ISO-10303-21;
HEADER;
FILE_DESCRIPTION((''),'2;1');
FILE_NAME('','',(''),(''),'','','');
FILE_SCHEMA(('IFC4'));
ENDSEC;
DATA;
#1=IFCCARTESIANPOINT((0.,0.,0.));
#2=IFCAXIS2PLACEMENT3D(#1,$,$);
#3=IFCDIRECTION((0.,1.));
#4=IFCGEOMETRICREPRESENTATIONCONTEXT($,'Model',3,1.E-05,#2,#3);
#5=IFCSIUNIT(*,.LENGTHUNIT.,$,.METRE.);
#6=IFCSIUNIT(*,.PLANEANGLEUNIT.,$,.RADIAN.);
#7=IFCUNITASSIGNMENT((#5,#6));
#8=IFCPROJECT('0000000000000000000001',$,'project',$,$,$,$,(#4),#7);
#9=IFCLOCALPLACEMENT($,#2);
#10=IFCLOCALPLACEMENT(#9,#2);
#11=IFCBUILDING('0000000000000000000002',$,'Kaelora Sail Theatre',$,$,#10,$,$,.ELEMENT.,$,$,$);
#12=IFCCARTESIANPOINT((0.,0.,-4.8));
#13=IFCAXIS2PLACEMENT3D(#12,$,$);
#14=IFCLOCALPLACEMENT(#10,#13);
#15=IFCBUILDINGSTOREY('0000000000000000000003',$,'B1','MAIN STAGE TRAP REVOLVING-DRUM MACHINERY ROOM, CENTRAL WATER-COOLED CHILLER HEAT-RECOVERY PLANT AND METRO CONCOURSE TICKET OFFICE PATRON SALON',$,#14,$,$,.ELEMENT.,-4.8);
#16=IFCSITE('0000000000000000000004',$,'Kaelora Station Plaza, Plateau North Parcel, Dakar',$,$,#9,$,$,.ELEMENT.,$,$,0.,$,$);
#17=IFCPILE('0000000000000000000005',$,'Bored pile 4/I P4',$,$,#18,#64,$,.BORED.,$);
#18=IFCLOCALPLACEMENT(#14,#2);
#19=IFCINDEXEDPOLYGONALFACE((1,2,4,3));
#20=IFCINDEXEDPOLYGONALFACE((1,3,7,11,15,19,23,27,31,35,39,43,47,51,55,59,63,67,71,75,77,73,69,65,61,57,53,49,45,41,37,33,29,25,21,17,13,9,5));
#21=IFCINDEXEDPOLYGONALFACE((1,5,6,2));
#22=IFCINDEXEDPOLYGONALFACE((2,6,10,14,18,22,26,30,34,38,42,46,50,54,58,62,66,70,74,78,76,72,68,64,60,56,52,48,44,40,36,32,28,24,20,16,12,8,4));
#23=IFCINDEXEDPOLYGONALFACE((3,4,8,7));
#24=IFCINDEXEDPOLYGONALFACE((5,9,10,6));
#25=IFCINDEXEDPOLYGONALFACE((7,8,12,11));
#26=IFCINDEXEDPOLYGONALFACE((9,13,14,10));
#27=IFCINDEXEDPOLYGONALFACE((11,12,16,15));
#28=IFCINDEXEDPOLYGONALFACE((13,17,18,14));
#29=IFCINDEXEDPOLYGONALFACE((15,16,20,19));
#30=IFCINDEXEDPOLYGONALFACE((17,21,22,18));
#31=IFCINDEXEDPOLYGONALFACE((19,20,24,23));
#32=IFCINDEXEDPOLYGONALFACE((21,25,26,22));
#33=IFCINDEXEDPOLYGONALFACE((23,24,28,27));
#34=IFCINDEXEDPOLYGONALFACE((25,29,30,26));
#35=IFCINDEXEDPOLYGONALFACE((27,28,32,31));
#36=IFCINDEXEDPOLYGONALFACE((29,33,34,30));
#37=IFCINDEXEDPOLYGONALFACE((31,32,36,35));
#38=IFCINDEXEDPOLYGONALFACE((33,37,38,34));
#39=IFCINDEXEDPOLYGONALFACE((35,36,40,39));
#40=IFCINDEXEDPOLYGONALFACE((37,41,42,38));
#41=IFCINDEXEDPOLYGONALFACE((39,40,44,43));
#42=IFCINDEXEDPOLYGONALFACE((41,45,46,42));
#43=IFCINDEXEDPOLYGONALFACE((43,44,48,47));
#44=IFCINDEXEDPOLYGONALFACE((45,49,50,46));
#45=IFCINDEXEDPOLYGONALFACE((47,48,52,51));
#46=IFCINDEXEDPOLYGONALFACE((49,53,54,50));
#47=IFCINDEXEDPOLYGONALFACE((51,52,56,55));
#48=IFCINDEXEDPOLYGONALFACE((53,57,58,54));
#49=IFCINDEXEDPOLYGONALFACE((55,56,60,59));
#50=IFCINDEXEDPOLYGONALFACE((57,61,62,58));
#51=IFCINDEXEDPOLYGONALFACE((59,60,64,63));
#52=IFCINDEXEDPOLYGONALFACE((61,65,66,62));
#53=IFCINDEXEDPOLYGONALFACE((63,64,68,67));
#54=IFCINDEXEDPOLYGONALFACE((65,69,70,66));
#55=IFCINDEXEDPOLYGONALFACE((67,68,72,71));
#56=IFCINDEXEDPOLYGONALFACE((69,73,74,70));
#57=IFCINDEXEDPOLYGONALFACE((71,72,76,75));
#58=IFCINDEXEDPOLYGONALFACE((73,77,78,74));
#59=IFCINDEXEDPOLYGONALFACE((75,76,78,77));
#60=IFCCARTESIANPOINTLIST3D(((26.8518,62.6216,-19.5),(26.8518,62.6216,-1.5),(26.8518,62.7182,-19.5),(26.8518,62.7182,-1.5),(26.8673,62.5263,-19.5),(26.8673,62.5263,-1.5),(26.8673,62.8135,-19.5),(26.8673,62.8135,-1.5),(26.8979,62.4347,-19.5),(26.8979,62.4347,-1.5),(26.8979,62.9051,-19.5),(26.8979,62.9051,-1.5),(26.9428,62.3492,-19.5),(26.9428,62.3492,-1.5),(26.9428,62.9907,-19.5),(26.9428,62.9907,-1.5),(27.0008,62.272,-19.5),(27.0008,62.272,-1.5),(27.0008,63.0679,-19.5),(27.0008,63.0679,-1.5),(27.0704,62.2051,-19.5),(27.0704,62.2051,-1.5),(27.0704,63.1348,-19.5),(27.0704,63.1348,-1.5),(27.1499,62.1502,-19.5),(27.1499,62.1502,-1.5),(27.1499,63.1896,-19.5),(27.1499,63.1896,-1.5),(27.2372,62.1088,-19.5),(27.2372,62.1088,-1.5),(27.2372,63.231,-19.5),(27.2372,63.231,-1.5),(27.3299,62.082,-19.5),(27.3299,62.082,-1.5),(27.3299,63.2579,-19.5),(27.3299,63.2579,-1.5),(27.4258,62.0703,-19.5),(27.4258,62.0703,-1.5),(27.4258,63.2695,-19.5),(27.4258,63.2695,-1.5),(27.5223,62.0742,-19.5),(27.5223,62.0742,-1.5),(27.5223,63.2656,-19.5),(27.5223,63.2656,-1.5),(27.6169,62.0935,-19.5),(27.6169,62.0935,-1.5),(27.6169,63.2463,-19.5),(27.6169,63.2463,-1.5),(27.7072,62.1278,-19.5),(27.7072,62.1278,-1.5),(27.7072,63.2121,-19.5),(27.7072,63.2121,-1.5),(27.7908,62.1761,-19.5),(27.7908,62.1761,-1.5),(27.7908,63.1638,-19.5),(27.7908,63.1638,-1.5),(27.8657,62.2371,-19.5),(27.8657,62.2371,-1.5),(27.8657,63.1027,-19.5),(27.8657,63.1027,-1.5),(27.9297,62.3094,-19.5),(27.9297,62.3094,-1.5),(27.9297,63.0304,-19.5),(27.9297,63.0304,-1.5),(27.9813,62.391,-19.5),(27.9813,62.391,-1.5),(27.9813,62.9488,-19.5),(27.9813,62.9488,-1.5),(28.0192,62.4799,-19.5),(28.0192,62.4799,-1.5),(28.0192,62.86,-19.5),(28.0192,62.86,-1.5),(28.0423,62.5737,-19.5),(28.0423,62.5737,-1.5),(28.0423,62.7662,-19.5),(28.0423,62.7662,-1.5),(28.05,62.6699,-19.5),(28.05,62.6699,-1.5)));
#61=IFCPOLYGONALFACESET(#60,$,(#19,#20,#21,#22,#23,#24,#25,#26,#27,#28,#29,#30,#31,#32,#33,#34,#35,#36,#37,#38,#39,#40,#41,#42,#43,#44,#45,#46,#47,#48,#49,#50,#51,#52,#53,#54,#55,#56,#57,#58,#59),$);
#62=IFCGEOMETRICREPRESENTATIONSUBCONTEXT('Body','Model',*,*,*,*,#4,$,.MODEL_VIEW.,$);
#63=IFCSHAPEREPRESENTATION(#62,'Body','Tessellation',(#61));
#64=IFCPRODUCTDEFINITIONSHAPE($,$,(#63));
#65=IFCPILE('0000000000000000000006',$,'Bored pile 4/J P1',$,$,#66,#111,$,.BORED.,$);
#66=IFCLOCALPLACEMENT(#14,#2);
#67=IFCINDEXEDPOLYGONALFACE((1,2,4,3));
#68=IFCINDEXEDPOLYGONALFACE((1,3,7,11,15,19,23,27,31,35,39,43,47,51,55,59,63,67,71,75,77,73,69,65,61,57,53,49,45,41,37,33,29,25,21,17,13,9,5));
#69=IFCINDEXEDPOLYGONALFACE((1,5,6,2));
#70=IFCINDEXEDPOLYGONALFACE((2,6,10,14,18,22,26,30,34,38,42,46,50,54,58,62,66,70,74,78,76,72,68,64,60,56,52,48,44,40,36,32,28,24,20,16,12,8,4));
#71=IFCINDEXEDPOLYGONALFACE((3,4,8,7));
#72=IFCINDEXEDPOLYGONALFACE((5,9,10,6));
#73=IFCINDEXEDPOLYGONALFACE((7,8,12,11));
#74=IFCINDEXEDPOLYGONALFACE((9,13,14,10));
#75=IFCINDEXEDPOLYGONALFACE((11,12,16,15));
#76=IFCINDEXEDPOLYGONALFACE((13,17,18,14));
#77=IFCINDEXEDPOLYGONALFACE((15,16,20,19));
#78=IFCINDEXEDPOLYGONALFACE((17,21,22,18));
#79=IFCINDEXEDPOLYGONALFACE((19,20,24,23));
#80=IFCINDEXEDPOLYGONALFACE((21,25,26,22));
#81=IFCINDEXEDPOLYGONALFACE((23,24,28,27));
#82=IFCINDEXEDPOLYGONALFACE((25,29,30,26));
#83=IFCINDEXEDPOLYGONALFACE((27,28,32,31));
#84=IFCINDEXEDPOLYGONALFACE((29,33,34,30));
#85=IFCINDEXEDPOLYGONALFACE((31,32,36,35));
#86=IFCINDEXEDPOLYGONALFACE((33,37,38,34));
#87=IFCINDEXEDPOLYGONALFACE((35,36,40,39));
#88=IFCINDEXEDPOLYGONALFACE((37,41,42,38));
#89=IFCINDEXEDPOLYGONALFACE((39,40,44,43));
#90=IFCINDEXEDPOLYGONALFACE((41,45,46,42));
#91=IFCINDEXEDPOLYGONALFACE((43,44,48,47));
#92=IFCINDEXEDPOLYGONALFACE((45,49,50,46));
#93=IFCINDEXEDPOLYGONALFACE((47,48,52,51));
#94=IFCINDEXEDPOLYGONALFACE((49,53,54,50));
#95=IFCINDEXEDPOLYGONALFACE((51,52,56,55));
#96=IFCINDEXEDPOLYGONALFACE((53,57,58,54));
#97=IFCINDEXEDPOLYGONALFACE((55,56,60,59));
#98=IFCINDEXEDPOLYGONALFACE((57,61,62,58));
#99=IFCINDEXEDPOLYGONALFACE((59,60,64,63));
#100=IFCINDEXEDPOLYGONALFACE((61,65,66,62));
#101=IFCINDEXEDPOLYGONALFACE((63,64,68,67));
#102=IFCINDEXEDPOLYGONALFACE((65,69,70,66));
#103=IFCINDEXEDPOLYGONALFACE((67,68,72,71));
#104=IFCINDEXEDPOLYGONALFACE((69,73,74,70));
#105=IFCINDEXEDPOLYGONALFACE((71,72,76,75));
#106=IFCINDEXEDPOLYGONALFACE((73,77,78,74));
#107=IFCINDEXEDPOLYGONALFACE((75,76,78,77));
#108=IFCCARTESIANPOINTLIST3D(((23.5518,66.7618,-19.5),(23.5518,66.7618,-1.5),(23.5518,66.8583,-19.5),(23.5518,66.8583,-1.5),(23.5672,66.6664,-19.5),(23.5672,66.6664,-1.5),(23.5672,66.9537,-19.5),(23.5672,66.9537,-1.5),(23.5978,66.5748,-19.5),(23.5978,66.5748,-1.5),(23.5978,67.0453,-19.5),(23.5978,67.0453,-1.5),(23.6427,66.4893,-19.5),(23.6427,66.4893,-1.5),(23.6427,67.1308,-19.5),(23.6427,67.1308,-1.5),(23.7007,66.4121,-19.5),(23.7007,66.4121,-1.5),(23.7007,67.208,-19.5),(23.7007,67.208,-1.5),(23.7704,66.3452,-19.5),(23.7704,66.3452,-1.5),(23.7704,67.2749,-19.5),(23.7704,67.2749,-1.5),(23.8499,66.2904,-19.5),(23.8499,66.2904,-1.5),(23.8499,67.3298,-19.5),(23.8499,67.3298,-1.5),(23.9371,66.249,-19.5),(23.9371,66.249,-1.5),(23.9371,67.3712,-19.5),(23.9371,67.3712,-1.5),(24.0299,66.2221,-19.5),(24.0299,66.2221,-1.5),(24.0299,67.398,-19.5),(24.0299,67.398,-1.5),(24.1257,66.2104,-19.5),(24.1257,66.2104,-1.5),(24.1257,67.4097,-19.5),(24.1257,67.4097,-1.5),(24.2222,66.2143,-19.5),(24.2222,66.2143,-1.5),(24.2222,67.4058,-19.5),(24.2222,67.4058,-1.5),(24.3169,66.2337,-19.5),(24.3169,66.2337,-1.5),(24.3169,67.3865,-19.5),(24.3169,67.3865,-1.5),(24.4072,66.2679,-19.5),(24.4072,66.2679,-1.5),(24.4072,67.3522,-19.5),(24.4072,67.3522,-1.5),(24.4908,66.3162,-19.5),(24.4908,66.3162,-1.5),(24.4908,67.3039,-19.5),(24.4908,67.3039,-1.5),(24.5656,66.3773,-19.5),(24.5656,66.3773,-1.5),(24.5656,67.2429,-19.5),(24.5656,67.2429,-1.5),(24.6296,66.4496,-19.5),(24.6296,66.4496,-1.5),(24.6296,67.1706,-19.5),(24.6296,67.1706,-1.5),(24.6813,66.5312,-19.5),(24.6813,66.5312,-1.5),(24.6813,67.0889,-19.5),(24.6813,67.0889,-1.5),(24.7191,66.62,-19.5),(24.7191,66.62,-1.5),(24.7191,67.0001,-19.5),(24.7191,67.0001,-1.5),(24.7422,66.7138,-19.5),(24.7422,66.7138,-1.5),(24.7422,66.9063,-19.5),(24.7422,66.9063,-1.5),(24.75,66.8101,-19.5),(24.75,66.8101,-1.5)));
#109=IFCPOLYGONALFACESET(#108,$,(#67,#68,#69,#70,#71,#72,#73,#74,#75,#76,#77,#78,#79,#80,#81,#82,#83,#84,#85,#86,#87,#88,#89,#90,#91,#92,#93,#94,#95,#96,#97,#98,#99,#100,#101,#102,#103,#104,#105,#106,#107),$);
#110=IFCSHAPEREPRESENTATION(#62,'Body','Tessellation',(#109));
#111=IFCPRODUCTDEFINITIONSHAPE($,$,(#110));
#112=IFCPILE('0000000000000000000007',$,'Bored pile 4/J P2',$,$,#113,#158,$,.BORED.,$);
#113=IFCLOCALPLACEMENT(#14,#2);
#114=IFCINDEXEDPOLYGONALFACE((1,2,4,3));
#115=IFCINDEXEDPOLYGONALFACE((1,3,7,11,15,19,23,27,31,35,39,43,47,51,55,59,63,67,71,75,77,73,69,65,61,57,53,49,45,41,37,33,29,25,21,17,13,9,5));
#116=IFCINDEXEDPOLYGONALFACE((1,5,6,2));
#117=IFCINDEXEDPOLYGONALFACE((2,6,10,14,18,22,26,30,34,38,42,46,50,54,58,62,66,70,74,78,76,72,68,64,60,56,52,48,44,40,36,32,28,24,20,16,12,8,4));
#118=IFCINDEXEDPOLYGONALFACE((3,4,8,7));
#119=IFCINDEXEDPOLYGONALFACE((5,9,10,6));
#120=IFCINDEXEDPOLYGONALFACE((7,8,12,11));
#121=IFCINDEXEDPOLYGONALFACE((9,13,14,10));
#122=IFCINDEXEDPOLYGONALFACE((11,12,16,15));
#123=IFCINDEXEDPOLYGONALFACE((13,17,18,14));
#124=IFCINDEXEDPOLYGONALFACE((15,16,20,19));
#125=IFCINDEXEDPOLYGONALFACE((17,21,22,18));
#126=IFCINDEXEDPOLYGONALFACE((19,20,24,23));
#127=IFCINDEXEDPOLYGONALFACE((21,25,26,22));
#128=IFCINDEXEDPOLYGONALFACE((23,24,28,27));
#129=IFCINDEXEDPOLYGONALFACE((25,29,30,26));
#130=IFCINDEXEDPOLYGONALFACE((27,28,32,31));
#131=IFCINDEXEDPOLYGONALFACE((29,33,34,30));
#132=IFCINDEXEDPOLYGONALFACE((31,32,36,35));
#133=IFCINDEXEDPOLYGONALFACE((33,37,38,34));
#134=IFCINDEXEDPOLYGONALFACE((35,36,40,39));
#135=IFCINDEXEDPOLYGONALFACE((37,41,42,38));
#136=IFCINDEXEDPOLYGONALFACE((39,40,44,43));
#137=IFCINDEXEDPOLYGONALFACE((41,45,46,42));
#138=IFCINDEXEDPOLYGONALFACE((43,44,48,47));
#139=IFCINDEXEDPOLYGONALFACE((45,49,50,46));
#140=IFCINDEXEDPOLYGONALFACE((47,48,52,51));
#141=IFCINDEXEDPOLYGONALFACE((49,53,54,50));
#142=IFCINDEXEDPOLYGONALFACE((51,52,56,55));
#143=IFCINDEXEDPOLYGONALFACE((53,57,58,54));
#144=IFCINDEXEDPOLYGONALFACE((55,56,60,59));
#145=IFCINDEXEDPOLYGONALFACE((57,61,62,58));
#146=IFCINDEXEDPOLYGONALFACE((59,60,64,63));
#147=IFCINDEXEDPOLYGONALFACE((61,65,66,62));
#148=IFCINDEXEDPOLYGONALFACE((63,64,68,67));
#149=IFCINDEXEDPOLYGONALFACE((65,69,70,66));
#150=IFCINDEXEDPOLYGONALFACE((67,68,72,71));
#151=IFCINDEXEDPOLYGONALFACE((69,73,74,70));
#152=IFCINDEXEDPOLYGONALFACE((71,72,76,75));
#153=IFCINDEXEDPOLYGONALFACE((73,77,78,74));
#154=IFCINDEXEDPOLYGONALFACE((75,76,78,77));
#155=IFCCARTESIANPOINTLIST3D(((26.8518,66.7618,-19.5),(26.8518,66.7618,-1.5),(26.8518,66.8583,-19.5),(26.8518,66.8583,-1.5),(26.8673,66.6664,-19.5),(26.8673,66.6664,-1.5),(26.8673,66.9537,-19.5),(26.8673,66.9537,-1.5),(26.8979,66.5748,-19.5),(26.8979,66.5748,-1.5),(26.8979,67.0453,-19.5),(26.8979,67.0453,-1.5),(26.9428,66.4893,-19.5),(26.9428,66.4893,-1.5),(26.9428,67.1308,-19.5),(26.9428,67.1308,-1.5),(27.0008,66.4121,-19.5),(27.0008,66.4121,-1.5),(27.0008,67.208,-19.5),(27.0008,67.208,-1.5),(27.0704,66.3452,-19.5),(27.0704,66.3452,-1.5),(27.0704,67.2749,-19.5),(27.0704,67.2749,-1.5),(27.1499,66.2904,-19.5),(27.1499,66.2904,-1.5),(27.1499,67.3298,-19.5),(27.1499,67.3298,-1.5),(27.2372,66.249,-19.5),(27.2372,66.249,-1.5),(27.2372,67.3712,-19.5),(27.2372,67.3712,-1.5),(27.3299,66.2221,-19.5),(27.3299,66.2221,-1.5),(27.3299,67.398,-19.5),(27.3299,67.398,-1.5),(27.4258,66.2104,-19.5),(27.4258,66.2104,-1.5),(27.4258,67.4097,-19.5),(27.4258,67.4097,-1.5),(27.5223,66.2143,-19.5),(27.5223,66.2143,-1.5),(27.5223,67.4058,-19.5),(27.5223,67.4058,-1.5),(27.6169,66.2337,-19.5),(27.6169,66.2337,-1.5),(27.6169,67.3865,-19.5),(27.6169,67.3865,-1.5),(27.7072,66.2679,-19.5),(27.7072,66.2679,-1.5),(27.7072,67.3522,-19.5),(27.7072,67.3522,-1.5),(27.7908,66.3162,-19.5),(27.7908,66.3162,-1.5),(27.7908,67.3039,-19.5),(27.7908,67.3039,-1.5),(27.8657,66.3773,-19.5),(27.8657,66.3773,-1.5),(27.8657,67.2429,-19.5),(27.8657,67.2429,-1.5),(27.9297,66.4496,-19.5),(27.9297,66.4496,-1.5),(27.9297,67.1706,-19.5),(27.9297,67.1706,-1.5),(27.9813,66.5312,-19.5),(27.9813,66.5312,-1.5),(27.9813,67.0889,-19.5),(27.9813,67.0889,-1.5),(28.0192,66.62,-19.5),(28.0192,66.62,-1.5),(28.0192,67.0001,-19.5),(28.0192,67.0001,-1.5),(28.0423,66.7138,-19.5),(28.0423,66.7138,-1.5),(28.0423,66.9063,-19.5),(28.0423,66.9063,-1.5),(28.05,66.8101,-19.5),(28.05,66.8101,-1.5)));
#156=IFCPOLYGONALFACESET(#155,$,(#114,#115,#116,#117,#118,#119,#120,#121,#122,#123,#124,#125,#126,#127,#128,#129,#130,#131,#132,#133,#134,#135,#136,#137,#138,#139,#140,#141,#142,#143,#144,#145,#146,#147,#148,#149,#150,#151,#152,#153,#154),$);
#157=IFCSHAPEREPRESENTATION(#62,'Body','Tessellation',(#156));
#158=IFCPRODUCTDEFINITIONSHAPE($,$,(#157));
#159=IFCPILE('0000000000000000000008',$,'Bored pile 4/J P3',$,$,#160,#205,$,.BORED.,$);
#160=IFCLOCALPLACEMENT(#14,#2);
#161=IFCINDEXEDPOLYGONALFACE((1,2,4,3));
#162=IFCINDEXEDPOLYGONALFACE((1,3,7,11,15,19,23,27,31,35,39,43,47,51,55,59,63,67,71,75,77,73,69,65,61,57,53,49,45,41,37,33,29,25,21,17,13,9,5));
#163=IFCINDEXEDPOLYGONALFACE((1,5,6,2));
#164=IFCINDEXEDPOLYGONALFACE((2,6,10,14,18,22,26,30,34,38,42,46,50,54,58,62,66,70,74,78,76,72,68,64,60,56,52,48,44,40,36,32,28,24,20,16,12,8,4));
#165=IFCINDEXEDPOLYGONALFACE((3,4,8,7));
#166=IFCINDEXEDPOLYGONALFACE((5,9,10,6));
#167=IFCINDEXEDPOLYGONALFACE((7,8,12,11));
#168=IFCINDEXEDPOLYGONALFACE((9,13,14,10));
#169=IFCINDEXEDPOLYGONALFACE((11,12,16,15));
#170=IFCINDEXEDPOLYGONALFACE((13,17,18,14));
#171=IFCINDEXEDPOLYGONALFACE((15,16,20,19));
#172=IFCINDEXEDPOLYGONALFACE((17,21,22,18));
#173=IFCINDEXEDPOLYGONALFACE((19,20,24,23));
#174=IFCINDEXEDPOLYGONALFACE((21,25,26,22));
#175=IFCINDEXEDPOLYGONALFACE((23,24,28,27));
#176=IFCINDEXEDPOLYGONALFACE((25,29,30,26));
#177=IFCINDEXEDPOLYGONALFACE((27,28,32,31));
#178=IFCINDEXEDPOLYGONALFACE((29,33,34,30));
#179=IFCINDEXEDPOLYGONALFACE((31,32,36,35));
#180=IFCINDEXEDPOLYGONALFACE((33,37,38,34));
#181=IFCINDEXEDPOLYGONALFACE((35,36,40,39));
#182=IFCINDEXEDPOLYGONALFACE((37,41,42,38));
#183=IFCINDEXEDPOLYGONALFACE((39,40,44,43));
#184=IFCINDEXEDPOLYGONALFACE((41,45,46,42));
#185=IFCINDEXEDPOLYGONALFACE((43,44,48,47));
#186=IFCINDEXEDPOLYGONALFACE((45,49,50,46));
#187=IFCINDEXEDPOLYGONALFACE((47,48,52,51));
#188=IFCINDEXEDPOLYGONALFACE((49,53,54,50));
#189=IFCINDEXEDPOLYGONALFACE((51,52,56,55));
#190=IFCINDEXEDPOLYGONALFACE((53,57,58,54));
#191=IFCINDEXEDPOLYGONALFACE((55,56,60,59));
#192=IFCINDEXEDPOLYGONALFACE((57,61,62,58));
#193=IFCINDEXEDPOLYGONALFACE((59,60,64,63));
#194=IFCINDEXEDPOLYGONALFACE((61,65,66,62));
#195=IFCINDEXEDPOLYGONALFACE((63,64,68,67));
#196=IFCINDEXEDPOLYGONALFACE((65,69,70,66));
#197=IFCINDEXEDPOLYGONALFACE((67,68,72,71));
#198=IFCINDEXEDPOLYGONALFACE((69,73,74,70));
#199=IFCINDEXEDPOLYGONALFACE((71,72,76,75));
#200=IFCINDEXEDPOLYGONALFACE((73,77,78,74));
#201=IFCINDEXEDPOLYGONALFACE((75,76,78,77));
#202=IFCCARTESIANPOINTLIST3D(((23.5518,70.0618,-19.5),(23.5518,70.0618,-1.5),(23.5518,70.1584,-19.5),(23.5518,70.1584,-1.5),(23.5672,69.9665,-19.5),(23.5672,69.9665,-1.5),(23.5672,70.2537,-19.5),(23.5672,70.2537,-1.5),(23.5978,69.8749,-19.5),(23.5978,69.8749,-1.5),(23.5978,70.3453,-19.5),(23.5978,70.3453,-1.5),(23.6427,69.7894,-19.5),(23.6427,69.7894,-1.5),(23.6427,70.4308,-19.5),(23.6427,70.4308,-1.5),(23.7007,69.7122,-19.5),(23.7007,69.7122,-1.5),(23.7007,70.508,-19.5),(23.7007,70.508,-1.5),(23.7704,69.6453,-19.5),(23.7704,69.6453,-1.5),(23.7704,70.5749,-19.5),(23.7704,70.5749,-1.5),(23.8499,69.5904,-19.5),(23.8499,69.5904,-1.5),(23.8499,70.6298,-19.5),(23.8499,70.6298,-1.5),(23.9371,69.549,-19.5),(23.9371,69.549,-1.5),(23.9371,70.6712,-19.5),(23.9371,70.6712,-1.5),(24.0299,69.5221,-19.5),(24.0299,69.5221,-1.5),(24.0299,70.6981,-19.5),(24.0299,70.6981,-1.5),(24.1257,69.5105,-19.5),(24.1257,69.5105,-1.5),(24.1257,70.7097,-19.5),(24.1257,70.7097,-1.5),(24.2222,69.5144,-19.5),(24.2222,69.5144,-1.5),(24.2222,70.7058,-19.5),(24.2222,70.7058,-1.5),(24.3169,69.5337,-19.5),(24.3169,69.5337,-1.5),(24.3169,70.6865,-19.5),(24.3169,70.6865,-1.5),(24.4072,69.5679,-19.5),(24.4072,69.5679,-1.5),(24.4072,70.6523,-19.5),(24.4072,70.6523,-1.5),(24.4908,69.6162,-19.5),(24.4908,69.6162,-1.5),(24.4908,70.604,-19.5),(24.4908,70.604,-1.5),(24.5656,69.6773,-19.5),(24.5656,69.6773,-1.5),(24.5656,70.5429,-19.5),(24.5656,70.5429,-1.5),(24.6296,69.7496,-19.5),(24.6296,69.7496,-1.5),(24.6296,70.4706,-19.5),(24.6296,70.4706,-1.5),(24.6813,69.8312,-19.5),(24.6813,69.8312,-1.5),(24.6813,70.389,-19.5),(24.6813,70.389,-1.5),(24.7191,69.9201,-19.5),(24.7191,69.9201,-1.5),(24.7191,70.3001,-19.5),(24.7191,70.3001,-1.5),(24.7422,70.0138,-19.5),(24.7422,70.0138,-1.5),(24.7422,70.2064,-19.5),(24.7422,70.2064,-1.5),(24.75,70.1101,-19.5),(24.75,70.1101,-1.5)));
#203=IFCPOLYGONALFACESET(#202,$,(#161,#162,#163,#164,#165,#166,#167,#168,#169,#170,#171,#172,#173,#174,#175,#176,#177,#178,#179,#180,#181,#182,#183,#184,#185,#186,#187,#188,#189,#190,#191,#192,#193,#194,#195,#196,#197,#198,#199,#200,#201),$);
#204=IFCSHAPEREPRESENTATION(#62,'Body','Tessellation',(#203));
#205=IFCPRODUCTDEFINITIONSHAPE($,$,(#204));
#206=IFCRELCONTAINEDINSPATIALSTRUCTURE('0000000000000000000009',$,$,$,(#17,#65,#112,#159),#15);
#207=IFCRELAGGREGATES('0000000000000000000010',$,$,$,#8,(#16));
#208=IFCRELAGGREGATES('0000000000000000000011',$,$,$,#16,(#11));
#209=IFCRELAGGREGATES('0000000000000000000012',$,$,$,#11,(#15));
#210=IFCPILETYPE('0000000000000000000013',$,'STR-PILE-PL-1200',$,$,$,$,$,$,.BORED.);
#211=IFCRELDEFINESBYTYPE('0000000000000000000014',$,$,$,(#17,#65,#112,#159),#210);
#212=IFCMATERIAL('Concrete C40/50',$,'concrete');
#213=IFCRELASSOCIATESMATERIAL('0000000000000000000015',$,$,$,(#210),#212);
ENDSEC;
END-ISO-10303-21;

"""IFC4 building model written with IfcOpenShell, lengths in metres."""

from ifc_helpers import new_model, si_unit, direction, frame, origin, origin_2d, place, context, subcontext, project, spatial, circle, extrude, material, material_profile, profile_set, type_object, element, save


model = new_model("IFC4")

# Units and contexts
model_context = context("Model", 3, precision=1e-05, world=origin(), true_north=direction((0.0, 1.0)))
body_context = subcontext(model_context, "Body", "Model", "MODEL_VIEW")
ifc_project = project(units=[si_unit("LENGTHUNIT", "METRE"), si_unit("PLANEANGLEUNIT", "RADIAN")], contexts=[model_context])

# Site, building, storey
site_placement = place(None, origin())
site = spatial("IfcSite", under=ifc_project, at=site_placement, Name="Kaelora Station Plaza, Plateau North Parcel, Dakar", CompositionType="ELEMENT", RefElevation=0.0)
building_placement = place(site_placement, origin())
building = spatial("IfcBuilding", under=site, at=building_placement, Name="Kaelora Sail Theatre", CompositionType="ELEMENT")
storey_placement = place(building_placement, frame((0.0, 0.0, -4.8)))
storey = spatial("IfcBuildingStorey", under=building, at=storey_placement, Name="B1", Description="MAIN STAGE TRAP REVOLVING-DRUM MACHINERY ROOM, CENTRAL WATER-COOLED CHILLER HEAT-RECOVERY PLANT AND METRO CONCOURSE TICKET OFFICE PATRON SALON", CompositionType="ELEMENT", Elevation=-4.8)

# Piles
ifc_material_1 = material(Name="Concrete C40/50", Category="concrete")
ifc_material_profile_1 = material_profile(ifc_material_1, circle(Radius=0.6001, at=origin_2d()), Name="PILE D1200")
ifc_profile_set_1 = profile_set([ifc_material_profile_1], Name="Concrete C40/50")
pile_type = type_object("IfcPileType", Name="STR-PILE-PL-1200", PredefinedType="BORED", material=ifc_profile_set_1)
for number, where, z_axis, x_axis, name in (
    (1, (27.45, 62.6699, -1.5), (0.0, 0.0, -1.0), (1.0, 0.0, 0.0), "Bored pile 4/I P4"),
    (2, (24.1499, 66.8101, -1.5), (0.0, 0.0, -1.0), (1.0, 0.0, 0.0), "Bored pile 4/J P1"),
    (3, (27.45, 66.8101, -1.5), (0.0, 0.0, -1.0), (1.0, 0.0, 0.0), "Bored pile 4/J P2"),
    (4, (24.1499, 70.1101, -1.5), (0.0, 0.0, -1.0), (1.0, 0.0, 0.0), "Bored pile 4/J P3"),
):
    element("IfcPile", number, at=place(storey_placement, frame(where, z_axis=z_axis, x_axis=x_axis)), inside=storey, type_object=pile_type, Name=name, PredefinedType="BORED", context=body_context, shape_type="SweptSolid", body=[
        extrude(circle(Radius=0.6001, at=origin_2d()), origin(), (0.0, 0.0, 1.0), 18.0),
    ])

save(model, "model.ifc")
